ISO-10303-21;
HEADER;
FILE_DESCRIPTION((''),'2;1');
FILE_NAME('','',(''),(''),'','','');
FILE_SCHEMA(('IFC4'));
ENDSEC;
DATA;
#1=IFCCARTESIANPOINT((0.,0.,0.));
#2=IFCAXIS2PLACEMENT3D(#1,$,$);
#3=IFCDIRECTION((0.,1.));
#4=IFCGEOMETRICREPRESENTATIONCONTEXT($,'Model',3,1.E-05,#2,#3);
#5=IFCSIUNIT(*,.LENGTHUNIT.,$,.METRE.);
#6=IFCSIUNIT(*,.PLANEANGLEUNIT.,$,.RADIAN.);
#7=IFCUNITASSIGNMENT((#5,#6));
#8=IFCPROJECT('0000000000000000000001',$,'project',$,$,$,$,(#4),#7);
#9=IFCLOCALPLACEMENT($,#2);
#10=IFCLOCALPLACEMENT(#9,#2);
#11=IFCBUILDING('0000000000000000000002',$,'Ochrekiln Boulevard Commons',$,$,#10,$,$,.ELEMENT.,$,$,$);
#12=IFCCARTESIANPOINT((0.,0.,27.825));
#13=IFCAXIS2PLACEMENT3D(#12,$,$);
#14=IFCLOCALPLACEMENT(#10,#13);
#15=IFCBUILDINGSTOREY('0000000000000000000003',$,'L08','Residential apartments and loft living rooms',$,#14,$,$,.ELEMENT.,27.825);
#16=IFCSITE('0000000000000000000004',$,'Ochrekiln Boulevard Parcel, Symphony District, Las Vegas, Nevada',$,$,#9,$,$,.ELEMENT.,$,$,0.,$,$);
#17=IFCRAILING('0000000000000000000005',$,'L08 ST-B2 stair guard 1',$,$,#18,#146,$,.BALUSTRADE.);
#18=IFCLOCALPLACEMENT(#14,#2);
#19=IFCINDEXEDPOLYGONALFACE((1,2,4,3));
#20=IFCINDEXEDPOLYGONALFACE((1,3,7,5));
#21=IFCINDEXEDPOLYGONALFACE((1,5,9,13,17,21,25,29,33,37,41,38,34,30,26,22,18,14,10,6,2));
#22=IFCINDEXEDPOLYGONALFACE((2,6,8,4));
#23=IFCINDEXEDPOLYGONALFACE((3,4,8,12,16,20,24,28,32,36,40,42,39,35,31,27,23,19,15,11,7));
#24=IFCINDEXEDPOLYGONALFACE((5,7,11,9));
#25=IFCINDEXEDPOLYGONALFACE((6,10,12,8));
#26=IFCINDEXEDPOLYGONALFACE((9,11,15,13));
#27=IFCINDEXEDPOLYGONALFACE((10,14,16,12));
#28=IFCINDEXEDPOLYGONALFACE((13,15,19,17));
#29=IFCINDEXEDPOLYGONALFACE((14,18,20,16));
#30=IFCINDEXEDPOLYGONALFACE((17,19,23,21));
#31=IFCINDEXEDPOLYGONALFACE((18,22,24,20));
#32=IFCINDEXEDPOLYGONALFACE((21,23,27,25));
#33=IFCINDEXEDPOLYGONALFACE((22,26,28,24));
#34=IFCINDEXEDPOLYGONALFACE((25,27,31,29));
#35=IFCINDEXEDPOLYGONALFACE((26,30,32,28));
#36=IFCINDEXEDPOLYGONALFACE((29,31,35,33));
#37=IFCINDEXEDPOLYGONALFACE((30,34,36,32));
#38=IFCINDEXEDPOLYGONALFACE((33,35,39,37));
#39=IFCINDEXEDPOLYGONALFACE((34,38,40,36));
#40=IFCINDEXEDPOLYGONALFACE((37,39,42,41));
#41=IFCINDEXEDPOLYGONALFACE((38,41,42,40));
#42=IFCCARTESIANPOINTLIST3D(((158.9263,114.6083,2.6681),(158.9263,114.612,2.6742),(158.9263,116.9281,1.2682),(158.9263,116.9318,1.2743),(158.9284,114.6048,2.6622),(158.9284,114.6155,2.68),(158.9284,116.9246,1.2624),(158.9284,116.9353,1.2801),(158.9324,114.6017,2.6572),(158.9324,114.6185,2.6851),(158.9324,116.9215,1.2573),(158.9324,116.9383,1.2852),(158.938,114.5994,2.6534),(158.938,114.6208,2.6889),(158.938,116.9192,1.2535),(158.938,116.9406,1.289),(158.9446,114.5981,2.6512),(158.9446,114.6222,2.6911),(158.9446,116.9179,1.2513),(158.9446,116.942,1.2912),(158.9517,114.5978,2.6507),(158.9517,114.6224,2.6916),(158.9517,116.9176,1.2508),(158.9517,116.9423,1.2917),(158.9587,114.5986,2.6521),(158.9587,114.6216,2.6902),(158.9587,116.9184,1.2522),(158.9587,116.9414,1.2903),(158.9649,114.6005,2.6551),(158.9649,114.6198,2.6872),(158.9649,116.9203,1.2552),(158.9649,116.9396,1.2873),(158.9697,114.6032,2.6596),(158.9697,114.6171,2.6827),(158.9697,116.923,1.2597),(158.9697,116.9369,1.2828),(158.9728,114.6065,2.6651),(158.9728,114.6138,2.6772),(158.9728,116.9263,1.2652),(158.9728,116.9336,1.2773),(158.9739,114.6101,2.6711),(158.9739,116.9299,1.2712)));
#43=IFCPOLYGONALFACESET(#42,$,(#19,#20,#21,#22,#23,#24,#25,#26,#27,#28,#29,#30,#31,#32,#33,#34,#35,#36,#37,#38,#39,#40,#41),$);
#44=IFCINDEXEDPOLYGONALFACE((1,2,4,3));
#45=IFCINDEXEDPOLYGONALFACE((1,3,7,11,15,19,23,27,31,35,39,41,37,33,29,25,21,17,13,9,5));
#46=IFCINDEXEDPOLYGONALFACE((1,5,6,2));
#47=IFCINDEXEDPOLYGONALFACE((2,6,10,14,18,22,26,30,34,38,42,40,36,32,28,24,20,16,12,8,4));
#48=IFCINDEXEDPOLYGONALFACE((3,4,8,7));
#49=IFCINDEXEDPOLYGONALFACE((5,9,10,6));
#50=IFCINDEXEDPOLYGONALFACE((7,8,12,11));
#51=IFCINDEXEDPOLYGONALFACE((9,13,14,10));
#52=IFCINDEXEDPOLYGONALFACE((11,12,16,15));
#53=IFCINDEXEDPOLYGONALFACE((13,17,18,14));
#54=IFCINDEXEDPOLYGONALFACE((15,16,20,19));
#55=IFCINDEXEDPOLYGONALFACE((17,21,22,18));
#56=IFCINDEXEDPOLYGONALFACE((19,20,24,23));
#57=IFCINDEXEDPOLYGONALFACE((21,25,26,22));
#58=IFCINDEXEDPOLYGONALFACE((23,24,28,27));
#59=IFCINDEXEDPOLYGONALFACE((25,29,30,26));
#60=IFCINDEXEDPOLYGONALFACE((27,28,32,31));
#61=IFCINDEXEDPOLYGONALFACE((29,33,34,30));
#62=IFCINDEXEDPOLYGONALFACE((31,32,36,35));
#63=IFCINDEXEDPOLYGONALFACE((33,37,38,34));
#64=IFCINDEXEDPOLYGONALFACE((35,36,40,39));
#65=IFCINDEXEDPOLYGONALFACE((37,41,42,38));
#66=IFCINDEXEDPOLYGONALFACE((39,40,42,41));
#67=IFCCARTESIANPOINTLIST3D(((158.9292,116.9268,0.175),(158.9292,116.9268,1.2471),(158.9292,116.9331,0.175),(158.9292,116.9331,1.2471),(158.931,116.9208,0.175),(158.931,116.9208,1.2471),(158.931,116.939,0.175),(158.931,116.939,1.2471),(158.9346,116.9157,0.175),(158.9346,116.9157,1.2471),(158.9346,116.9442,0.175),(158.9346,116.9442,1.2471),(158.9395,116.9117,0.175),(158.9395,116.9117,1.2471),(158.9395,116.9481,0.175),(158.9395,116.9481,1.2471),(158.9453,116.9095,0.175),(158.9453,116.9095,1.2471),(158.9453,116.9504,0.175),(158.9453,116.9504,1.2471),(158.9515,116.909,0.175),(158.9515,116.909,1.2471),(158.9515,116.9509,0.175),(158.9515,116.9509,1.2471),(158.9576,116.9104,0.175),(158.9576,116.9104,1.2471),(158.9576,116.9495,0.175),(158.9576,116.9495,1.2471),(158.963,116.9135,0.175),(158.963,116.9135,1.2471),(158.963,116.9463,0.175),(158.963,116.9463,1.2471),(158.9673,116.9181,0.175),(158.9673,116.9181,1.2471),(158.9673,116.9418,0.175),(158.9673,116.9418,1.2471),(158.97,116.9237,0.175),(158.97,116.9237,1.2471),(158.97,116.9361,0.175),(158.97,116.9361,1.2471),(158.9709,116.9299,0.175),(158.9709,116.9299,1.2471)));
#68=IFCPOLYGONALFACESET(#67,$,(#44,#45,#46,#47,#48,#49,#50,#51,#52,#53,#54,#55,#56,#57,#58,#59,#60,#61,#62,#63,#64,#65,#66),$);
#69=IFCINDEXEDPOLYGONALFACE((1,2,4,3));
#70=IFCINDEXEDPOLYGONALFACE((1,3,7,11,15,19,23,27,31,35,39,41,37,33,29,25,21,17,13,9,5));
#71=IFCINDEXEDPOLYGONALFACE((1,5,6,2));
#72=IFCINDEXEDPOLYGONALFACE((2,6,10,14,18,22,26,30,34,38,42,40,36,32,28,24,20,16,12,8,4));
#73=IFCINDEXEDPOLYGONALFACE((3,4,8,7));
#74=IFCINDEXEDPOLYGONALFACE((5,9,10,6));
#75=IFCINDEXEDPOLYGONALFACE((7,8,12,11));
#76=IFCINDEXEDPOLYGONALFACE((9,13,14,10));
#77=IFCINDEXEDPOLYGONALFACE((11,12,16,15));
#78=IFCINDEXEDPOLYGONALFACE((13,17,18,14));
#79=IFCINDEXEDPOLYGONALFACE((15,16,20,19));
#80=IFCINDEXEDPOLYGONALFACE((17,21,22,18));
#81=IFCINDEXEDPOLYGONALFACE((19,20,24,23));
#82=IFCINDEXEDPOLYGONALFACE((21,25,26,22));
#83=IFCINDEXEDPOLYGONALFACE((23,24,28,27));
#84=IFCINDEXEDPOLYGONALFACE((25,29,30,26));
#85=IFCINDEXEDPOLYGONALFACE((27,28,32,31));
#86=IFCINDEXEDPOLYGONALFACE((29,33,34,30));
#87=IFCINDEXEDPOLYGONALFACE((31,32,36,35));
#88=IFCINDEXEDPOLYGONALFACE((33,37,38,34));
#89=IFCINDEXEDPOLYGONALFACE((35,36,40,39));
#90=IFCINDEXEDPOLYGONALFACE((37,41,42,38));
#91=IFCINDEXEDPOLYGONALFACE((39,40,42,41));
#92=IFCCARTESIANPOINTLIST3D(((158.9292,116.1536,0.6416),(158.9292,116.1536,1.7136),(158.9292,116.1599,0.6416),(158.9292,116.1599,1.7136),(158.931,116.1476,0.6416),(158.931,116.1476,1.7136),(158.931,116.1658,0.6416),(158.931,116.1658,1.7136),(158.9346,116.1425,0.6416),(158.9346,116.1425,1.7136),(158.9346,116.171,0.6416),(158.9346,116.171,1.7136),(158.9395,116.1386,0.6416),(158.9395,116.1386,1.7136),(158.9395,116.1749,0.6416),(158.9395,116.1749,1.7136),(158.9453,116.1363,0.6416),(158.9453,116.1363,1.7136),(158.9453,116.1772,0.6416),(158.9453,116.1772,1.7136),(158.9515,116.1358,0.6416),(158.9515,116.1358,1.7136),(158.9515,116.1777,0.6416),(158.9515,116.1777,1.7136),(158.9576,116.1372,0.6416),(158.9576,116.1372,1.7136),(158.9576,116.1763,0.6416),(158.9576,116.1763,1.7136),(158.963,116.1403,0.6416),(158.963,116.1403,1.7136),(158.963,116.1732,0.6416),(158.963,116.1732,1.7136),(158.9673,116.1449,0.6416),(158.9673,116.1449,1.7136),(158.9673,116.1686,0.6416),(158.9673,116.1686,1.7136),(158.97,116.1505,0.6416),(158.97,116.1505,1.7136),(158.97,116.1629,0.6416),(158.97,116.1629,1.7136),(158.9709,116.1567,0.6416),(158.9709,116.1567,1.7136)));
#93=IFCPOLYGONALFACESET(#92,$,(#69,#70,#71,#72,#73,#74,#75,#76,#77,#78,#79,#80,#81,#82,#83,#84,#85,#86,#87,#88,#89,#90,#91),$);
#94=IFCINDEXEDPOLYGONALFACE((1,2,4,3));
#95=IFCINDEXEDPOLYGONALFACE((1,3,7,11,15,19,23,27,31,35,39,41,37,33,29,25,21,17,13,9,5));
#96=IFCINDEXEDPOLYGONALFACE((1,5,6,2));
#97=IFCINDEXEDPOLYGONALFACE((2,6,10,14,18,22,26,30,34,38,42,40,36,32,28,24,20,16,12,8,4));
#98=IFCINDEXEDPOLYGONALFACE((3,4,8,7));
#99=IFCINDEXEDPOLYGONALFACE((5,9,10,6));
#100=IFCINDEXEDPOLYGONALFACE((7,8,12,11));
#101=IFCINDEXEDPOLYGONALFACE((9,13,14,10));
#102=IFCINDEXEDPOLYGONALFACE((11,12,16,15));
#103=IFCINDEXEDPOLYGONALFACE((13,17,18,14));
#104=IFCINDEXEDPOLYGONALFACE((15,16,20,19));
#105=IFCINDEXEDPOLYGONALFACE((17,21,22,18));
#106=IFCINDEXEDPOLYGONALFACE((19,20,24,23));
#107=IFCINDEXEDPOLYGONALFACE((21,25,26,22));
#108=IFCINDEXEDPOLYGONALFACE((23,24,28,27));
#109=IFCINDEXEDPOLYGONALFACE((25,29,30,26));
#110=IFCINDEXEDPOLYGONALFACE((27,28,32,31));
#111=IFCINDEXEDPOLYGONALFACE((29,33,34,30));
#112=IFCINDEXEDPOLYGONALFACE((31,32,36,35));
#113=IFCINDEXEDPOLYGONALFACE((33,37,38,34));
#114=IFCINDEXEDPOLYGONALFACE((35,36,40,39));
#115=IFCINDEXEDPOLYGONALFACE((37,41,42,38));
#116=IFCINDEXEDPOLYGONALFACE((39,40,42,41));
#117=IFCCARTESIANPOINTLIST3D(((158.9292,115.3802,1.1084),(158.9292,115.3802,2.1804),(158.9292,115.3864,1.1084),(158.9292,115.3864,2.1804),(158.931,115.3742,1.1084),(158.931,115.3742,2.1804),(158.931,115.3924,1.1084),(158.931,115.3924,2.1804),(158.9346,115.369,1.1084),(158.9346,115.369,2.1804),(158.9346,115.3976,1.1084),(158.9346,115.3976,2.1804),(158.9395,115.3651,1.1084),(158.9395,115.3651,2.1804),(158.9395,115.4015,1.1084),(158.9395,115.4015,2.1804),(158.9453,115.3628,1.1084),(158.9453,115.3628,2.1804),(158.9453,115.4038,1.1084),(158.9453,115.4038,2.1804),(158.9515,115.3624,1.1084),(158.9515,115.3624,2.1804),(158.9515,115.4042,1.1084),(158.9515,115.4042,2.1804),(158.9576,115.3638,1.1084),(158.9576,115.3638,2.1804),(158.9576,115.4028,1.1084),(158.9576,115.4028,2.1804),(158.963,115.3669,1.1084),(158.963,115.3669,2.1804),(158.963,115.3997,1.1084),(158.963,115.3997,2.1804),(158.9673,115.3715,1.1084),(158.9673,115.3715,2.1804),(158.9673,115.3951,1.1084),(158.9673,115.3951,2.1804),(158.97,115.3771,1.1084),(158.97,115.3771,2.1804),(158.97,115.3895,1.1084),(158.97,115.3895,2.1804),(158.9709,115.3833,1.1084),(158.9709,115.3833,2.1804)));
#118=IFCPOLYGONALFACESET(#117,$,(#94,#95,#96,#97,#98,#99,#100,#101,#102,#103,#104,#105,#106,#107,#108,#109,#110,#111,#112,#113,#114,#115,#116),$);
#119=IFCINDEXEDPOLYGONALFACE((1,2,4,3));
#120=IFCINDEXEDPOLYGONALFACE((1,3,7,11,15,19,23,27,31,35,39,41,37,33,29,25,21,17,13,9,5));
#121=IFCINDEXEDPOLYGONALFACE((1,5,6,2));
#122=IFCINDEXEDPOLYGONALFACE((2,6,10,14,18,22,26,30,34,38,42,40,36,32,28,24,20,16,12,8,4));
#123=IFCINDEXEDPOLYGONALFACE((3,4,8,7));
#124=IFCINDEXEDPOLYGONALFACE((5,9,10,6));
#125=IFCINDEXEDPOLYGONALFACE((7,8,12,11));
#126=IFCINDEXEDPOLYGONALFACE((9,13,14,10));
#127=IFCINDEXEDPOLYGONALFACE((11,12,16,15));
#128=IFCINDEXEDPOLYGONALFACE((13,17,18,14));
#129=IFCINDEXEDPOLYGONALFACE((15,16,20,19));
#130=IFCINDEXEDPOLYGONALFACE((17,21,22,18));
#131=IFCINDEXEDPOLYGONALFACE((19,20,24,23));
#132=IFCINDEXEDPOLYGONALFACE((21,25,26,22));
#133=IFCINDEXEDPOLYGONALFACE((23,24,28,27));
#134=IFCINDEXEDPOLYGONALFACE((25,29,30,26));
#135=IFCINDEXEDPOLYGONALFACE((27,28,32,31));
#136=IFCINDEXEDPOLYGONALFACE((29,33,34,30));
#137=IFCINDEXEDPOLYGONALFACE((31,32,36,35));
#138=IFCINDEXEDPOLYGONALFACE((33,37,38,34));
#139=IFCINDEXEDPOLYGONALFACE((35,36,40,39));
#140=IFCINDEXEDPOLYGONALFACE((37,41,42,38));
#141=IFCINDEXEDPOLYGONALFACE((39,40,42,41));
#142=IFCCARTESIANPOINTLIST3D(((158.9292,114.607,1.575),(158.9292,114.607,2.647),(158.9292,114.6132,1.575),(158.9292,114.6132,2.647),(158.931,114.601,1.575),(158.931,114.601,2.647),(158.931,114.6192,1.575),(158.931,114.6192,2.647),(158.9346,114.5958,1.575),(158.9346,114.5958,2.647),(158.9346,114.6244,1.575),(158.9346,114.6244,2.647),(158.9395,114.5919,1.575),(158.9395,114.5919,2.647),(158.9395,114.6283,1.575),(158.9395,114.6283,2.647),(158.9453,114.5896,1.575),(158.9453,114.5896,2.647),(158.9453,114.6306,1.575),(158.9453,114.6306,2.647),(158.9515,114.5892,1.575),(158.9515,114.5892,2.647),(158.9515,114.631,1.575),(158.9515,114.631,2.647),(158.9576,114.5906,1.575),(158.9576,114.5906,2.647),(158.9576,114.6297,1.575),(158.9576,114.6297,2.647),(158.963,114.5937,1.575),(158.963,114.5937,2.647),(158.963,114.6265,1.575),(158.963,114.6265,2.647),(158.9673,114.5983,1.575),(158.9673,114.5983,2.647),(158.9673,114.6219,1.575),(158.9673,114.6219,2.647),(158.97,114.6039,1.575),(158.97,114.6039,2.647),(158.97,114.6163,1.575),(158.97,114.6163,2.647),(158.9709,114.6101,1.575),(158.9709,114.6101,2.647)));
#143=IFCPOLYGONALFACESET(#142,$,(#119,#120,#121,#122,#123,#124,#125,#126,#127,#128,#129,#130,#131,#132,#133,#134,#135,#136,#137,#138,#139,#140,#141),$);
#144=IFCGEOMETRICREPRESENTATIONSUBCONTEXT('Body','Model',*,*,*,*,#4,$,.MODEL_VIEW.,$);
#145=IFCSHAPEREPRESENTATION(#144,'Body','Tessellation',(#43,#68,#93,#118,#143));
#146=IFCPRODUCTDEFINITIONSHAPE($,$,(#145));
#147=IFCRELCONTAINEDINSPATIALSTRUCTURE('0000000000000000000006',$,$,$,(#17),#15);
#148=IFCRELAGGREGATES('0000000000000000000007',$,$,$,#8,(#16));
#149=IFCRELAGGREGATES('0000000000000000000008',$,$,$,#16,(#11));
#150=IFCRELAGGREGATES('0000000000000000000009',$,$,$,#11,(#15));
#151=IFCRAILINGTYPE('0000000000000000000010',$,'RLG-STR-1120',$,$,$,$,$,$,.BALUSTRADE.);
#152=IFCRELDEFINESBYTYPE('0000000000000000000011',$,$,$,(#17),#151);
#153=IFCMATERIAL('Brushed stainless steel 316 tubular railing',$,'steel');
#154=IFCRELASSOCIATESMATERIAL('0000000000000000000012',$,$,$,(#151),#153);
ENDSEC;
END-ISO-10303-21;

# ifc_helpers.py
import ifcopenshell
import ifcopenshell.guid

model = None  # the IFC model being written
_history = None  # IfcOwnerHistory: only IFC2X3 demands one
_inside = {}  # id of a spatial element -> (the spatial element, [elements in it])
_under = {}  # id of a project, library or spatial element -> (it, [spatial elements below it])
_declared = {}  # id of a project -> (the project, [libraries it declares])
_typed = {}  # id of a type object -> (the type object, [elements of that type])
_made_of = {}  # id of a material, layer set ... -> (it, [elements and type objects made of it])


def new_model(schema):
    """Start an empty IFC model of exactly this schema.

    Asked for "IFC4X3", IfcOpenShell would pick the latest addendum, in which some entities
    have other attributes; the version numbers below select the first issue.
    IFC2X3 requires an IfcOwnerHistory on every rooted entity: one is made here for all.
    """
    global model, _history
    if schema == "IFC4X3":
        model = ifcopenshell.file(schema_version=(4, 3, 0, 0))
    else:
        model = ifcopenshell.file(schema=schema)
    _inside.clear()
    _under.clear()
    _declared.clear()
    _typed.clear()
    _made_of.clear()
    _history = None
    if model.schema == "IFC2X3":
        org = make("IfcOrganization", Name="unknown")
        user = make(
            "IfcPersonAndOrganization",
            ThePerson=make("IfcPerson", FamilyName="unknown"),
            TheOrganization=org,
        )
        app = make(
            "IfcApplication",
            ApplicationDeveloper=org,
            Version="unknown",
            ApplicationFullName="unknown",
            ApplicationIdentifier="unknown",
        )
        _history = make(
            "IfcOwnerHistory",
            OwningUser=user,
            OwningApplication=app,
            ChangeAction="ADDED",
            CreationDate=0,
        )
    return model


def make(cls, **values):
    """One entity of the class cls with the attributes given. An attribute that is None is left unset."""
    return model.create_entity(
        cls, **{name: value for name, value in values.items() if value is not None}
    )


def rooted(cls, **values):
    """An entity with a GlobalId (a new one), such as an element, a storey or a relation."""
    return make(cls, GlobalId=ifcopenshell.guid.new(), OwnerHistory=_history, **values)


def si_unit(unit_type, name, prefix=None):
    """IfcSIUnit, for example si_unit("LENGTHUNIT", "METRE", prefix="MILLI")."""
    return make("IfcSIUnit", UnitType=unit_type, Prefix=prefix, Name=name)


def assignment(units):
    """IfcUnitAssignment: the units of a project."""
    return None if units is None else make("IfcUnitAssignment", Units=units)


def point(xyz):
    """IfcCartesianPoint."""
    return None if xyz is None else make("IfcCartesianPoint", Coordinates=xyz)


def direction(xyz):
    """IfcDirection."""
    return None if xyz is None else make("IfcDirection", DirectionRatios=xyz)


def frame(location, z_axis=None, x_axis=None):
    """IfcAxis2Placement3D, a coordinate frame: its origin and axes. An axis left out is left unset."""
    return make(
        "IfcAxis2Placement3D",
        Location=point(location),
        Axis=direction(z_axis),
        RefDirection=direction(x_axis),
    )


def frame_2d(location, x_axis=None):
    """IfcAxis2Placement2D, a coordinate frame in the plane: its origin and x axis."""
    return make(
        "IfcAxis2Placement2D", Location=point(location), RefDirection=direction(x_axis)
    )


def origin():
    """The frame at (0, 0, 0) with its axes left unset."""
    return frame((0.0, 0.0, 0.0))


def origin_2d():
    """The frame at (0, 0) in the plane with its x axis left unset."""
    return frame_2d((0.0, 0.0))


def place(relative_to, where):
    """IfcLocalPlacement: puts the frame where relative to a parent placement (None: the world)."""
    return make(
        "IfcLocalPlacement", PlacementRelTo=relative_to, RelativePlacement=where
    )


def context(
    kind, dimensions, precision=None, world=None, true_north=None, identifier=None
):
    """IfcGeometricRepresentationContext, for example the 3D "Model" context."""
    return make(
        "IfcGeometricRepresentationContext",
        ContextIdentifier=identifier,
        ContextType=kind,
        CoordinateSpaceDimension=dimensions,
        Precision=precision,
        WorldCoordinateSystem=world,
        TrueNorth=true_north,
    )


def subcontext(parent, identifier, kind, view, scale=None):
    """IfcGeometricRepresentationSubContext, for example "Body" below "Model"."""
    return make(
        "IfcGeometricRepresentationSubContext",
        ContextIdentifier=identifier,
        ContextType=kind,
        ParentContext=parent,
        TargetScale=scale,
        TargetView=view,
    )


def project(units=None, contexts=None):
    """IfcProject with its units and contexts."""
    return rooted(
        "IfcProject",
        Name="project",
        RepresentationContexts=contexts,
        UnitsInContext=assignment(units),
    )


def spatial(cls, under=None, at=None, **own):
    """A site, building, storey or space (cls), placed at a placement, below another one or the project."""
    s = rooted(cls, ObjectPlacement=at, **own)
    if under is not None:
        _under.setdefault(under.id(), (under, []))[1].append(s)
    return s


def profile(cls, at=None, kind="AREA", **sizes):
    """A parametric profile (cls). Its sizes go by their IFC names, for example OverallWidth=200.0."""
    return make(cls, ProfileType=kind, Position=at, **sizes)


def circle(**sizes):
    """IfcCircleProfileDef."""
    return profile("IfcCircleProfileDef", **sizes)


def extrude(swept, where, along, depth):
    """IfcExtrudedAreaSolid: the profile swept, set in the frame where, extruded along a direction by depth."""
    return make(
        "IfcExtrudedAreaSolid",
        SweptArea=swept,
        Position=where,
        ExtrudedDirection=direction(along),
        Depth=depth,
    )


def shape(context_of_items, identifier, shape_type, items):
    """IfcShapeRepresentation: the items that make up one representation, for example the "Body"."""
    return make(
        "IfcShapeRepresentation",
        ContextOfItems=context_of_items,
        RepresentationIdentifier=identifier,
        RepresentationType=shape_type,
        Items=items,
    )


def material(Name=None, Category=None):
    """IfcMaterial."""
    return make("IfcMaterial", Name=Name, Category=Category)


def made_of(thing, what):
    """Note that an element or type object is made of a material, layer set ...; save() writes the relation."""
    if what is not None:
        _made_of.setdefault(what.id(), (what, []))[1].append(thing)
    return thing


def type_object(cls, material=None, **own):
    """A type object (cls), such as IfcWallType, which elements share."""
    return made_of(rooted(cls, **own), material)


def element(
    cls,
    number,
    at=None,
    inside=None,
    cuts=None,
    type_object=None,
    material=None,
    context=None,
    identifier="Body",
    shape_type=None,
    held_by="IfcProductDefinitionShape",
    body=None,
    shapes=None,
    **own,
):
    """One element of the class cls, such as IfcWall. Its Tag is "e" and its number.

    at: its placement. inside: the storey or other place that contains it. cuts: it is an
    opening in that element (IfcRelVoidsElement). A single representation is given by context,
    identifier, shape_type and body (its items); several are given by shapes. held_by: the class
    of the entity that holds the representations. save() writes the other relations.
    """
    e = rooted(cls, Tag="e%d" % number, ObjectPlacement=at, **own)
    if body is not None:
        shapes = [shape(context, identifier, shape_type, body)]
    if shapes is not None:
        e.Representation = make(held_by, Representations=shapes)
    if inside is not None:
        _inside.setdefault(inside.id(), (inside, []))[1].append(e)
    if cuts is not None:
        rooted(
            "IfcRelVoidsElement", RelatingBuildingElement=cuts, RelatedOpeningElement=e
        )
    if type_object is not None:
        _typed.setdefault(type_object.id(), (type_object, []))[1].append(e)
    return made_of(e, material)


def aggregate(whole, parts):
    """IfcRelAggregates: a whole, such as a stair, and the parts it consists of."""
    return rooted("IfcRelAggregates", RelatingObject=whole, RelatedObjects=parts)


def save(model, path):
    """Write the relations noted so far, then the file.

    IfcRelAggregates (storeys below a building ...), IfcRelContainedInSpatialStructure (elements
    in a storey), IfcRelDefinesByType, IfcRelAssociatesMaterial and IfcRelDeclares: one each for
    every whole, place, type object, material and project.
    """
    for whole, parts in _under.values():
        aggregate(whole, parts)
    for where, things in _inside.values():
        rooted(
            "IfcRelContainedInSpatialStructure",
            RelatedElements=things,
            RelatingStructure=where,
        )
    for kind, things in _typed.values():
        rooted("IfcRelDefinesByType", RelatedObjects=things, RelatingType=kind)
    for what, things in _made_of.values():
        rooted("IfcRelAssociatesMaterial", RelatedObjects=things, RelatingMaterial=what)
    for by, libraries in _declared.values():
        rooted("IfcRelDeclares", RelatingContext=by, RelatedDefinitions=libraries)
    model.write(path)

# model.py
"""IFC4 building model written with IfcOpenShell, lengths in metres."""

from ifc_helpers import new_model, si_unit, direction, frame, origin, origin_2d, place, context, subcontext, project, spatial, circle, extrude, material, type_object, element, save


model = new_model("IFC4")

# Units and contexts
model_context = context("Model", 3, precision=1e-05, world=origin(), true_north=direction((0.0, 1.0)))
body_context = subcontext(model_context, "Body", "Model", "MODEL_VIEW")
ifc_project = project(units=[si_unit("LENGTHUNIT", "METRE"), si_unit("PLANEANGLEUNIT", "RADIAN")], contexts=[model_context])

# Site, building, storey
site_placement = place(None, origin())
site = spatial("IfcSite", under=ifc_project, at=site_placement, Name="Ochrekiln Boulevard Parcel, Symphony District, Las Vegas, Nevada", CompositionType="ELEMENT", RefElevation=0.0)
building_placement = place(site_placement, origin())
building = spatial("IfcBuilding", under=site, at=building_placement, Name="Ochrekiln Boulevard Commons", CompositionType="ELEMENT")
storey_placement = place(building_placement, frame((0.0, 0.0, 27.825)))
storey = spatial("IfcBuildingStorey", under=building, at=storey_placement, Name="L08", Description="Residential apartments and loft living rooms", CompositionType="ELEMENT", Elevation=27.825)

# Railing
ifc_material_1 = material(Name="Brushed stainless steel 316 tubular railing", Category="steel")
railing_type_1 = type_object("IfcRailingType", Name="RLG-STR-1120", PredefinedType="BALUSTRADE", material=ifc_material_1)
railing_1_placement = place(storey_placement, frame((158.95, 116.9299, 0.175)))
element("IfcRailing", 1, at=railing_1_placement, inside=storey, type_object=railing_type_1, Name="L08 ST-B2 stair guard 1", PredefinedType="BALUSTRADE", context=body_context, shape_type="SweptSolid", body=[
    extrude(circle(Radius=0.0239, at=origin_2d()), frame((0.0, 0.0, 1.0962), z_axis=(0.0, -0.856186, 0.516667), x_axis=(1.0, 0.0, 0.0)), (0.0, 0.0, 1.0), 2.7095),
    extrude(circle(Radius=0.021, at=origin_2d()), origin(), (0.0, 0.0, 1.0), 1.072),
    extrude(circle(Radius=0.021, at=origin_2d()), frame((0.0, -0.7732, 0.4666)), (0.0, 0.0, 1.0), 1.072),
    extrude(circle(Radius=0.021, at=origin_2d()), frame((0.0, -1.5466, 0.9333)), (0.0, 0.0, 1.0), 1.072),
    extrude(circle(Radius=0.021, at=origin_2d()), frame((0.0, -2.3198, 1.3999)), (0.0, 0.0, 1.0), 1.072),
])

save(model, "model.ifc")
